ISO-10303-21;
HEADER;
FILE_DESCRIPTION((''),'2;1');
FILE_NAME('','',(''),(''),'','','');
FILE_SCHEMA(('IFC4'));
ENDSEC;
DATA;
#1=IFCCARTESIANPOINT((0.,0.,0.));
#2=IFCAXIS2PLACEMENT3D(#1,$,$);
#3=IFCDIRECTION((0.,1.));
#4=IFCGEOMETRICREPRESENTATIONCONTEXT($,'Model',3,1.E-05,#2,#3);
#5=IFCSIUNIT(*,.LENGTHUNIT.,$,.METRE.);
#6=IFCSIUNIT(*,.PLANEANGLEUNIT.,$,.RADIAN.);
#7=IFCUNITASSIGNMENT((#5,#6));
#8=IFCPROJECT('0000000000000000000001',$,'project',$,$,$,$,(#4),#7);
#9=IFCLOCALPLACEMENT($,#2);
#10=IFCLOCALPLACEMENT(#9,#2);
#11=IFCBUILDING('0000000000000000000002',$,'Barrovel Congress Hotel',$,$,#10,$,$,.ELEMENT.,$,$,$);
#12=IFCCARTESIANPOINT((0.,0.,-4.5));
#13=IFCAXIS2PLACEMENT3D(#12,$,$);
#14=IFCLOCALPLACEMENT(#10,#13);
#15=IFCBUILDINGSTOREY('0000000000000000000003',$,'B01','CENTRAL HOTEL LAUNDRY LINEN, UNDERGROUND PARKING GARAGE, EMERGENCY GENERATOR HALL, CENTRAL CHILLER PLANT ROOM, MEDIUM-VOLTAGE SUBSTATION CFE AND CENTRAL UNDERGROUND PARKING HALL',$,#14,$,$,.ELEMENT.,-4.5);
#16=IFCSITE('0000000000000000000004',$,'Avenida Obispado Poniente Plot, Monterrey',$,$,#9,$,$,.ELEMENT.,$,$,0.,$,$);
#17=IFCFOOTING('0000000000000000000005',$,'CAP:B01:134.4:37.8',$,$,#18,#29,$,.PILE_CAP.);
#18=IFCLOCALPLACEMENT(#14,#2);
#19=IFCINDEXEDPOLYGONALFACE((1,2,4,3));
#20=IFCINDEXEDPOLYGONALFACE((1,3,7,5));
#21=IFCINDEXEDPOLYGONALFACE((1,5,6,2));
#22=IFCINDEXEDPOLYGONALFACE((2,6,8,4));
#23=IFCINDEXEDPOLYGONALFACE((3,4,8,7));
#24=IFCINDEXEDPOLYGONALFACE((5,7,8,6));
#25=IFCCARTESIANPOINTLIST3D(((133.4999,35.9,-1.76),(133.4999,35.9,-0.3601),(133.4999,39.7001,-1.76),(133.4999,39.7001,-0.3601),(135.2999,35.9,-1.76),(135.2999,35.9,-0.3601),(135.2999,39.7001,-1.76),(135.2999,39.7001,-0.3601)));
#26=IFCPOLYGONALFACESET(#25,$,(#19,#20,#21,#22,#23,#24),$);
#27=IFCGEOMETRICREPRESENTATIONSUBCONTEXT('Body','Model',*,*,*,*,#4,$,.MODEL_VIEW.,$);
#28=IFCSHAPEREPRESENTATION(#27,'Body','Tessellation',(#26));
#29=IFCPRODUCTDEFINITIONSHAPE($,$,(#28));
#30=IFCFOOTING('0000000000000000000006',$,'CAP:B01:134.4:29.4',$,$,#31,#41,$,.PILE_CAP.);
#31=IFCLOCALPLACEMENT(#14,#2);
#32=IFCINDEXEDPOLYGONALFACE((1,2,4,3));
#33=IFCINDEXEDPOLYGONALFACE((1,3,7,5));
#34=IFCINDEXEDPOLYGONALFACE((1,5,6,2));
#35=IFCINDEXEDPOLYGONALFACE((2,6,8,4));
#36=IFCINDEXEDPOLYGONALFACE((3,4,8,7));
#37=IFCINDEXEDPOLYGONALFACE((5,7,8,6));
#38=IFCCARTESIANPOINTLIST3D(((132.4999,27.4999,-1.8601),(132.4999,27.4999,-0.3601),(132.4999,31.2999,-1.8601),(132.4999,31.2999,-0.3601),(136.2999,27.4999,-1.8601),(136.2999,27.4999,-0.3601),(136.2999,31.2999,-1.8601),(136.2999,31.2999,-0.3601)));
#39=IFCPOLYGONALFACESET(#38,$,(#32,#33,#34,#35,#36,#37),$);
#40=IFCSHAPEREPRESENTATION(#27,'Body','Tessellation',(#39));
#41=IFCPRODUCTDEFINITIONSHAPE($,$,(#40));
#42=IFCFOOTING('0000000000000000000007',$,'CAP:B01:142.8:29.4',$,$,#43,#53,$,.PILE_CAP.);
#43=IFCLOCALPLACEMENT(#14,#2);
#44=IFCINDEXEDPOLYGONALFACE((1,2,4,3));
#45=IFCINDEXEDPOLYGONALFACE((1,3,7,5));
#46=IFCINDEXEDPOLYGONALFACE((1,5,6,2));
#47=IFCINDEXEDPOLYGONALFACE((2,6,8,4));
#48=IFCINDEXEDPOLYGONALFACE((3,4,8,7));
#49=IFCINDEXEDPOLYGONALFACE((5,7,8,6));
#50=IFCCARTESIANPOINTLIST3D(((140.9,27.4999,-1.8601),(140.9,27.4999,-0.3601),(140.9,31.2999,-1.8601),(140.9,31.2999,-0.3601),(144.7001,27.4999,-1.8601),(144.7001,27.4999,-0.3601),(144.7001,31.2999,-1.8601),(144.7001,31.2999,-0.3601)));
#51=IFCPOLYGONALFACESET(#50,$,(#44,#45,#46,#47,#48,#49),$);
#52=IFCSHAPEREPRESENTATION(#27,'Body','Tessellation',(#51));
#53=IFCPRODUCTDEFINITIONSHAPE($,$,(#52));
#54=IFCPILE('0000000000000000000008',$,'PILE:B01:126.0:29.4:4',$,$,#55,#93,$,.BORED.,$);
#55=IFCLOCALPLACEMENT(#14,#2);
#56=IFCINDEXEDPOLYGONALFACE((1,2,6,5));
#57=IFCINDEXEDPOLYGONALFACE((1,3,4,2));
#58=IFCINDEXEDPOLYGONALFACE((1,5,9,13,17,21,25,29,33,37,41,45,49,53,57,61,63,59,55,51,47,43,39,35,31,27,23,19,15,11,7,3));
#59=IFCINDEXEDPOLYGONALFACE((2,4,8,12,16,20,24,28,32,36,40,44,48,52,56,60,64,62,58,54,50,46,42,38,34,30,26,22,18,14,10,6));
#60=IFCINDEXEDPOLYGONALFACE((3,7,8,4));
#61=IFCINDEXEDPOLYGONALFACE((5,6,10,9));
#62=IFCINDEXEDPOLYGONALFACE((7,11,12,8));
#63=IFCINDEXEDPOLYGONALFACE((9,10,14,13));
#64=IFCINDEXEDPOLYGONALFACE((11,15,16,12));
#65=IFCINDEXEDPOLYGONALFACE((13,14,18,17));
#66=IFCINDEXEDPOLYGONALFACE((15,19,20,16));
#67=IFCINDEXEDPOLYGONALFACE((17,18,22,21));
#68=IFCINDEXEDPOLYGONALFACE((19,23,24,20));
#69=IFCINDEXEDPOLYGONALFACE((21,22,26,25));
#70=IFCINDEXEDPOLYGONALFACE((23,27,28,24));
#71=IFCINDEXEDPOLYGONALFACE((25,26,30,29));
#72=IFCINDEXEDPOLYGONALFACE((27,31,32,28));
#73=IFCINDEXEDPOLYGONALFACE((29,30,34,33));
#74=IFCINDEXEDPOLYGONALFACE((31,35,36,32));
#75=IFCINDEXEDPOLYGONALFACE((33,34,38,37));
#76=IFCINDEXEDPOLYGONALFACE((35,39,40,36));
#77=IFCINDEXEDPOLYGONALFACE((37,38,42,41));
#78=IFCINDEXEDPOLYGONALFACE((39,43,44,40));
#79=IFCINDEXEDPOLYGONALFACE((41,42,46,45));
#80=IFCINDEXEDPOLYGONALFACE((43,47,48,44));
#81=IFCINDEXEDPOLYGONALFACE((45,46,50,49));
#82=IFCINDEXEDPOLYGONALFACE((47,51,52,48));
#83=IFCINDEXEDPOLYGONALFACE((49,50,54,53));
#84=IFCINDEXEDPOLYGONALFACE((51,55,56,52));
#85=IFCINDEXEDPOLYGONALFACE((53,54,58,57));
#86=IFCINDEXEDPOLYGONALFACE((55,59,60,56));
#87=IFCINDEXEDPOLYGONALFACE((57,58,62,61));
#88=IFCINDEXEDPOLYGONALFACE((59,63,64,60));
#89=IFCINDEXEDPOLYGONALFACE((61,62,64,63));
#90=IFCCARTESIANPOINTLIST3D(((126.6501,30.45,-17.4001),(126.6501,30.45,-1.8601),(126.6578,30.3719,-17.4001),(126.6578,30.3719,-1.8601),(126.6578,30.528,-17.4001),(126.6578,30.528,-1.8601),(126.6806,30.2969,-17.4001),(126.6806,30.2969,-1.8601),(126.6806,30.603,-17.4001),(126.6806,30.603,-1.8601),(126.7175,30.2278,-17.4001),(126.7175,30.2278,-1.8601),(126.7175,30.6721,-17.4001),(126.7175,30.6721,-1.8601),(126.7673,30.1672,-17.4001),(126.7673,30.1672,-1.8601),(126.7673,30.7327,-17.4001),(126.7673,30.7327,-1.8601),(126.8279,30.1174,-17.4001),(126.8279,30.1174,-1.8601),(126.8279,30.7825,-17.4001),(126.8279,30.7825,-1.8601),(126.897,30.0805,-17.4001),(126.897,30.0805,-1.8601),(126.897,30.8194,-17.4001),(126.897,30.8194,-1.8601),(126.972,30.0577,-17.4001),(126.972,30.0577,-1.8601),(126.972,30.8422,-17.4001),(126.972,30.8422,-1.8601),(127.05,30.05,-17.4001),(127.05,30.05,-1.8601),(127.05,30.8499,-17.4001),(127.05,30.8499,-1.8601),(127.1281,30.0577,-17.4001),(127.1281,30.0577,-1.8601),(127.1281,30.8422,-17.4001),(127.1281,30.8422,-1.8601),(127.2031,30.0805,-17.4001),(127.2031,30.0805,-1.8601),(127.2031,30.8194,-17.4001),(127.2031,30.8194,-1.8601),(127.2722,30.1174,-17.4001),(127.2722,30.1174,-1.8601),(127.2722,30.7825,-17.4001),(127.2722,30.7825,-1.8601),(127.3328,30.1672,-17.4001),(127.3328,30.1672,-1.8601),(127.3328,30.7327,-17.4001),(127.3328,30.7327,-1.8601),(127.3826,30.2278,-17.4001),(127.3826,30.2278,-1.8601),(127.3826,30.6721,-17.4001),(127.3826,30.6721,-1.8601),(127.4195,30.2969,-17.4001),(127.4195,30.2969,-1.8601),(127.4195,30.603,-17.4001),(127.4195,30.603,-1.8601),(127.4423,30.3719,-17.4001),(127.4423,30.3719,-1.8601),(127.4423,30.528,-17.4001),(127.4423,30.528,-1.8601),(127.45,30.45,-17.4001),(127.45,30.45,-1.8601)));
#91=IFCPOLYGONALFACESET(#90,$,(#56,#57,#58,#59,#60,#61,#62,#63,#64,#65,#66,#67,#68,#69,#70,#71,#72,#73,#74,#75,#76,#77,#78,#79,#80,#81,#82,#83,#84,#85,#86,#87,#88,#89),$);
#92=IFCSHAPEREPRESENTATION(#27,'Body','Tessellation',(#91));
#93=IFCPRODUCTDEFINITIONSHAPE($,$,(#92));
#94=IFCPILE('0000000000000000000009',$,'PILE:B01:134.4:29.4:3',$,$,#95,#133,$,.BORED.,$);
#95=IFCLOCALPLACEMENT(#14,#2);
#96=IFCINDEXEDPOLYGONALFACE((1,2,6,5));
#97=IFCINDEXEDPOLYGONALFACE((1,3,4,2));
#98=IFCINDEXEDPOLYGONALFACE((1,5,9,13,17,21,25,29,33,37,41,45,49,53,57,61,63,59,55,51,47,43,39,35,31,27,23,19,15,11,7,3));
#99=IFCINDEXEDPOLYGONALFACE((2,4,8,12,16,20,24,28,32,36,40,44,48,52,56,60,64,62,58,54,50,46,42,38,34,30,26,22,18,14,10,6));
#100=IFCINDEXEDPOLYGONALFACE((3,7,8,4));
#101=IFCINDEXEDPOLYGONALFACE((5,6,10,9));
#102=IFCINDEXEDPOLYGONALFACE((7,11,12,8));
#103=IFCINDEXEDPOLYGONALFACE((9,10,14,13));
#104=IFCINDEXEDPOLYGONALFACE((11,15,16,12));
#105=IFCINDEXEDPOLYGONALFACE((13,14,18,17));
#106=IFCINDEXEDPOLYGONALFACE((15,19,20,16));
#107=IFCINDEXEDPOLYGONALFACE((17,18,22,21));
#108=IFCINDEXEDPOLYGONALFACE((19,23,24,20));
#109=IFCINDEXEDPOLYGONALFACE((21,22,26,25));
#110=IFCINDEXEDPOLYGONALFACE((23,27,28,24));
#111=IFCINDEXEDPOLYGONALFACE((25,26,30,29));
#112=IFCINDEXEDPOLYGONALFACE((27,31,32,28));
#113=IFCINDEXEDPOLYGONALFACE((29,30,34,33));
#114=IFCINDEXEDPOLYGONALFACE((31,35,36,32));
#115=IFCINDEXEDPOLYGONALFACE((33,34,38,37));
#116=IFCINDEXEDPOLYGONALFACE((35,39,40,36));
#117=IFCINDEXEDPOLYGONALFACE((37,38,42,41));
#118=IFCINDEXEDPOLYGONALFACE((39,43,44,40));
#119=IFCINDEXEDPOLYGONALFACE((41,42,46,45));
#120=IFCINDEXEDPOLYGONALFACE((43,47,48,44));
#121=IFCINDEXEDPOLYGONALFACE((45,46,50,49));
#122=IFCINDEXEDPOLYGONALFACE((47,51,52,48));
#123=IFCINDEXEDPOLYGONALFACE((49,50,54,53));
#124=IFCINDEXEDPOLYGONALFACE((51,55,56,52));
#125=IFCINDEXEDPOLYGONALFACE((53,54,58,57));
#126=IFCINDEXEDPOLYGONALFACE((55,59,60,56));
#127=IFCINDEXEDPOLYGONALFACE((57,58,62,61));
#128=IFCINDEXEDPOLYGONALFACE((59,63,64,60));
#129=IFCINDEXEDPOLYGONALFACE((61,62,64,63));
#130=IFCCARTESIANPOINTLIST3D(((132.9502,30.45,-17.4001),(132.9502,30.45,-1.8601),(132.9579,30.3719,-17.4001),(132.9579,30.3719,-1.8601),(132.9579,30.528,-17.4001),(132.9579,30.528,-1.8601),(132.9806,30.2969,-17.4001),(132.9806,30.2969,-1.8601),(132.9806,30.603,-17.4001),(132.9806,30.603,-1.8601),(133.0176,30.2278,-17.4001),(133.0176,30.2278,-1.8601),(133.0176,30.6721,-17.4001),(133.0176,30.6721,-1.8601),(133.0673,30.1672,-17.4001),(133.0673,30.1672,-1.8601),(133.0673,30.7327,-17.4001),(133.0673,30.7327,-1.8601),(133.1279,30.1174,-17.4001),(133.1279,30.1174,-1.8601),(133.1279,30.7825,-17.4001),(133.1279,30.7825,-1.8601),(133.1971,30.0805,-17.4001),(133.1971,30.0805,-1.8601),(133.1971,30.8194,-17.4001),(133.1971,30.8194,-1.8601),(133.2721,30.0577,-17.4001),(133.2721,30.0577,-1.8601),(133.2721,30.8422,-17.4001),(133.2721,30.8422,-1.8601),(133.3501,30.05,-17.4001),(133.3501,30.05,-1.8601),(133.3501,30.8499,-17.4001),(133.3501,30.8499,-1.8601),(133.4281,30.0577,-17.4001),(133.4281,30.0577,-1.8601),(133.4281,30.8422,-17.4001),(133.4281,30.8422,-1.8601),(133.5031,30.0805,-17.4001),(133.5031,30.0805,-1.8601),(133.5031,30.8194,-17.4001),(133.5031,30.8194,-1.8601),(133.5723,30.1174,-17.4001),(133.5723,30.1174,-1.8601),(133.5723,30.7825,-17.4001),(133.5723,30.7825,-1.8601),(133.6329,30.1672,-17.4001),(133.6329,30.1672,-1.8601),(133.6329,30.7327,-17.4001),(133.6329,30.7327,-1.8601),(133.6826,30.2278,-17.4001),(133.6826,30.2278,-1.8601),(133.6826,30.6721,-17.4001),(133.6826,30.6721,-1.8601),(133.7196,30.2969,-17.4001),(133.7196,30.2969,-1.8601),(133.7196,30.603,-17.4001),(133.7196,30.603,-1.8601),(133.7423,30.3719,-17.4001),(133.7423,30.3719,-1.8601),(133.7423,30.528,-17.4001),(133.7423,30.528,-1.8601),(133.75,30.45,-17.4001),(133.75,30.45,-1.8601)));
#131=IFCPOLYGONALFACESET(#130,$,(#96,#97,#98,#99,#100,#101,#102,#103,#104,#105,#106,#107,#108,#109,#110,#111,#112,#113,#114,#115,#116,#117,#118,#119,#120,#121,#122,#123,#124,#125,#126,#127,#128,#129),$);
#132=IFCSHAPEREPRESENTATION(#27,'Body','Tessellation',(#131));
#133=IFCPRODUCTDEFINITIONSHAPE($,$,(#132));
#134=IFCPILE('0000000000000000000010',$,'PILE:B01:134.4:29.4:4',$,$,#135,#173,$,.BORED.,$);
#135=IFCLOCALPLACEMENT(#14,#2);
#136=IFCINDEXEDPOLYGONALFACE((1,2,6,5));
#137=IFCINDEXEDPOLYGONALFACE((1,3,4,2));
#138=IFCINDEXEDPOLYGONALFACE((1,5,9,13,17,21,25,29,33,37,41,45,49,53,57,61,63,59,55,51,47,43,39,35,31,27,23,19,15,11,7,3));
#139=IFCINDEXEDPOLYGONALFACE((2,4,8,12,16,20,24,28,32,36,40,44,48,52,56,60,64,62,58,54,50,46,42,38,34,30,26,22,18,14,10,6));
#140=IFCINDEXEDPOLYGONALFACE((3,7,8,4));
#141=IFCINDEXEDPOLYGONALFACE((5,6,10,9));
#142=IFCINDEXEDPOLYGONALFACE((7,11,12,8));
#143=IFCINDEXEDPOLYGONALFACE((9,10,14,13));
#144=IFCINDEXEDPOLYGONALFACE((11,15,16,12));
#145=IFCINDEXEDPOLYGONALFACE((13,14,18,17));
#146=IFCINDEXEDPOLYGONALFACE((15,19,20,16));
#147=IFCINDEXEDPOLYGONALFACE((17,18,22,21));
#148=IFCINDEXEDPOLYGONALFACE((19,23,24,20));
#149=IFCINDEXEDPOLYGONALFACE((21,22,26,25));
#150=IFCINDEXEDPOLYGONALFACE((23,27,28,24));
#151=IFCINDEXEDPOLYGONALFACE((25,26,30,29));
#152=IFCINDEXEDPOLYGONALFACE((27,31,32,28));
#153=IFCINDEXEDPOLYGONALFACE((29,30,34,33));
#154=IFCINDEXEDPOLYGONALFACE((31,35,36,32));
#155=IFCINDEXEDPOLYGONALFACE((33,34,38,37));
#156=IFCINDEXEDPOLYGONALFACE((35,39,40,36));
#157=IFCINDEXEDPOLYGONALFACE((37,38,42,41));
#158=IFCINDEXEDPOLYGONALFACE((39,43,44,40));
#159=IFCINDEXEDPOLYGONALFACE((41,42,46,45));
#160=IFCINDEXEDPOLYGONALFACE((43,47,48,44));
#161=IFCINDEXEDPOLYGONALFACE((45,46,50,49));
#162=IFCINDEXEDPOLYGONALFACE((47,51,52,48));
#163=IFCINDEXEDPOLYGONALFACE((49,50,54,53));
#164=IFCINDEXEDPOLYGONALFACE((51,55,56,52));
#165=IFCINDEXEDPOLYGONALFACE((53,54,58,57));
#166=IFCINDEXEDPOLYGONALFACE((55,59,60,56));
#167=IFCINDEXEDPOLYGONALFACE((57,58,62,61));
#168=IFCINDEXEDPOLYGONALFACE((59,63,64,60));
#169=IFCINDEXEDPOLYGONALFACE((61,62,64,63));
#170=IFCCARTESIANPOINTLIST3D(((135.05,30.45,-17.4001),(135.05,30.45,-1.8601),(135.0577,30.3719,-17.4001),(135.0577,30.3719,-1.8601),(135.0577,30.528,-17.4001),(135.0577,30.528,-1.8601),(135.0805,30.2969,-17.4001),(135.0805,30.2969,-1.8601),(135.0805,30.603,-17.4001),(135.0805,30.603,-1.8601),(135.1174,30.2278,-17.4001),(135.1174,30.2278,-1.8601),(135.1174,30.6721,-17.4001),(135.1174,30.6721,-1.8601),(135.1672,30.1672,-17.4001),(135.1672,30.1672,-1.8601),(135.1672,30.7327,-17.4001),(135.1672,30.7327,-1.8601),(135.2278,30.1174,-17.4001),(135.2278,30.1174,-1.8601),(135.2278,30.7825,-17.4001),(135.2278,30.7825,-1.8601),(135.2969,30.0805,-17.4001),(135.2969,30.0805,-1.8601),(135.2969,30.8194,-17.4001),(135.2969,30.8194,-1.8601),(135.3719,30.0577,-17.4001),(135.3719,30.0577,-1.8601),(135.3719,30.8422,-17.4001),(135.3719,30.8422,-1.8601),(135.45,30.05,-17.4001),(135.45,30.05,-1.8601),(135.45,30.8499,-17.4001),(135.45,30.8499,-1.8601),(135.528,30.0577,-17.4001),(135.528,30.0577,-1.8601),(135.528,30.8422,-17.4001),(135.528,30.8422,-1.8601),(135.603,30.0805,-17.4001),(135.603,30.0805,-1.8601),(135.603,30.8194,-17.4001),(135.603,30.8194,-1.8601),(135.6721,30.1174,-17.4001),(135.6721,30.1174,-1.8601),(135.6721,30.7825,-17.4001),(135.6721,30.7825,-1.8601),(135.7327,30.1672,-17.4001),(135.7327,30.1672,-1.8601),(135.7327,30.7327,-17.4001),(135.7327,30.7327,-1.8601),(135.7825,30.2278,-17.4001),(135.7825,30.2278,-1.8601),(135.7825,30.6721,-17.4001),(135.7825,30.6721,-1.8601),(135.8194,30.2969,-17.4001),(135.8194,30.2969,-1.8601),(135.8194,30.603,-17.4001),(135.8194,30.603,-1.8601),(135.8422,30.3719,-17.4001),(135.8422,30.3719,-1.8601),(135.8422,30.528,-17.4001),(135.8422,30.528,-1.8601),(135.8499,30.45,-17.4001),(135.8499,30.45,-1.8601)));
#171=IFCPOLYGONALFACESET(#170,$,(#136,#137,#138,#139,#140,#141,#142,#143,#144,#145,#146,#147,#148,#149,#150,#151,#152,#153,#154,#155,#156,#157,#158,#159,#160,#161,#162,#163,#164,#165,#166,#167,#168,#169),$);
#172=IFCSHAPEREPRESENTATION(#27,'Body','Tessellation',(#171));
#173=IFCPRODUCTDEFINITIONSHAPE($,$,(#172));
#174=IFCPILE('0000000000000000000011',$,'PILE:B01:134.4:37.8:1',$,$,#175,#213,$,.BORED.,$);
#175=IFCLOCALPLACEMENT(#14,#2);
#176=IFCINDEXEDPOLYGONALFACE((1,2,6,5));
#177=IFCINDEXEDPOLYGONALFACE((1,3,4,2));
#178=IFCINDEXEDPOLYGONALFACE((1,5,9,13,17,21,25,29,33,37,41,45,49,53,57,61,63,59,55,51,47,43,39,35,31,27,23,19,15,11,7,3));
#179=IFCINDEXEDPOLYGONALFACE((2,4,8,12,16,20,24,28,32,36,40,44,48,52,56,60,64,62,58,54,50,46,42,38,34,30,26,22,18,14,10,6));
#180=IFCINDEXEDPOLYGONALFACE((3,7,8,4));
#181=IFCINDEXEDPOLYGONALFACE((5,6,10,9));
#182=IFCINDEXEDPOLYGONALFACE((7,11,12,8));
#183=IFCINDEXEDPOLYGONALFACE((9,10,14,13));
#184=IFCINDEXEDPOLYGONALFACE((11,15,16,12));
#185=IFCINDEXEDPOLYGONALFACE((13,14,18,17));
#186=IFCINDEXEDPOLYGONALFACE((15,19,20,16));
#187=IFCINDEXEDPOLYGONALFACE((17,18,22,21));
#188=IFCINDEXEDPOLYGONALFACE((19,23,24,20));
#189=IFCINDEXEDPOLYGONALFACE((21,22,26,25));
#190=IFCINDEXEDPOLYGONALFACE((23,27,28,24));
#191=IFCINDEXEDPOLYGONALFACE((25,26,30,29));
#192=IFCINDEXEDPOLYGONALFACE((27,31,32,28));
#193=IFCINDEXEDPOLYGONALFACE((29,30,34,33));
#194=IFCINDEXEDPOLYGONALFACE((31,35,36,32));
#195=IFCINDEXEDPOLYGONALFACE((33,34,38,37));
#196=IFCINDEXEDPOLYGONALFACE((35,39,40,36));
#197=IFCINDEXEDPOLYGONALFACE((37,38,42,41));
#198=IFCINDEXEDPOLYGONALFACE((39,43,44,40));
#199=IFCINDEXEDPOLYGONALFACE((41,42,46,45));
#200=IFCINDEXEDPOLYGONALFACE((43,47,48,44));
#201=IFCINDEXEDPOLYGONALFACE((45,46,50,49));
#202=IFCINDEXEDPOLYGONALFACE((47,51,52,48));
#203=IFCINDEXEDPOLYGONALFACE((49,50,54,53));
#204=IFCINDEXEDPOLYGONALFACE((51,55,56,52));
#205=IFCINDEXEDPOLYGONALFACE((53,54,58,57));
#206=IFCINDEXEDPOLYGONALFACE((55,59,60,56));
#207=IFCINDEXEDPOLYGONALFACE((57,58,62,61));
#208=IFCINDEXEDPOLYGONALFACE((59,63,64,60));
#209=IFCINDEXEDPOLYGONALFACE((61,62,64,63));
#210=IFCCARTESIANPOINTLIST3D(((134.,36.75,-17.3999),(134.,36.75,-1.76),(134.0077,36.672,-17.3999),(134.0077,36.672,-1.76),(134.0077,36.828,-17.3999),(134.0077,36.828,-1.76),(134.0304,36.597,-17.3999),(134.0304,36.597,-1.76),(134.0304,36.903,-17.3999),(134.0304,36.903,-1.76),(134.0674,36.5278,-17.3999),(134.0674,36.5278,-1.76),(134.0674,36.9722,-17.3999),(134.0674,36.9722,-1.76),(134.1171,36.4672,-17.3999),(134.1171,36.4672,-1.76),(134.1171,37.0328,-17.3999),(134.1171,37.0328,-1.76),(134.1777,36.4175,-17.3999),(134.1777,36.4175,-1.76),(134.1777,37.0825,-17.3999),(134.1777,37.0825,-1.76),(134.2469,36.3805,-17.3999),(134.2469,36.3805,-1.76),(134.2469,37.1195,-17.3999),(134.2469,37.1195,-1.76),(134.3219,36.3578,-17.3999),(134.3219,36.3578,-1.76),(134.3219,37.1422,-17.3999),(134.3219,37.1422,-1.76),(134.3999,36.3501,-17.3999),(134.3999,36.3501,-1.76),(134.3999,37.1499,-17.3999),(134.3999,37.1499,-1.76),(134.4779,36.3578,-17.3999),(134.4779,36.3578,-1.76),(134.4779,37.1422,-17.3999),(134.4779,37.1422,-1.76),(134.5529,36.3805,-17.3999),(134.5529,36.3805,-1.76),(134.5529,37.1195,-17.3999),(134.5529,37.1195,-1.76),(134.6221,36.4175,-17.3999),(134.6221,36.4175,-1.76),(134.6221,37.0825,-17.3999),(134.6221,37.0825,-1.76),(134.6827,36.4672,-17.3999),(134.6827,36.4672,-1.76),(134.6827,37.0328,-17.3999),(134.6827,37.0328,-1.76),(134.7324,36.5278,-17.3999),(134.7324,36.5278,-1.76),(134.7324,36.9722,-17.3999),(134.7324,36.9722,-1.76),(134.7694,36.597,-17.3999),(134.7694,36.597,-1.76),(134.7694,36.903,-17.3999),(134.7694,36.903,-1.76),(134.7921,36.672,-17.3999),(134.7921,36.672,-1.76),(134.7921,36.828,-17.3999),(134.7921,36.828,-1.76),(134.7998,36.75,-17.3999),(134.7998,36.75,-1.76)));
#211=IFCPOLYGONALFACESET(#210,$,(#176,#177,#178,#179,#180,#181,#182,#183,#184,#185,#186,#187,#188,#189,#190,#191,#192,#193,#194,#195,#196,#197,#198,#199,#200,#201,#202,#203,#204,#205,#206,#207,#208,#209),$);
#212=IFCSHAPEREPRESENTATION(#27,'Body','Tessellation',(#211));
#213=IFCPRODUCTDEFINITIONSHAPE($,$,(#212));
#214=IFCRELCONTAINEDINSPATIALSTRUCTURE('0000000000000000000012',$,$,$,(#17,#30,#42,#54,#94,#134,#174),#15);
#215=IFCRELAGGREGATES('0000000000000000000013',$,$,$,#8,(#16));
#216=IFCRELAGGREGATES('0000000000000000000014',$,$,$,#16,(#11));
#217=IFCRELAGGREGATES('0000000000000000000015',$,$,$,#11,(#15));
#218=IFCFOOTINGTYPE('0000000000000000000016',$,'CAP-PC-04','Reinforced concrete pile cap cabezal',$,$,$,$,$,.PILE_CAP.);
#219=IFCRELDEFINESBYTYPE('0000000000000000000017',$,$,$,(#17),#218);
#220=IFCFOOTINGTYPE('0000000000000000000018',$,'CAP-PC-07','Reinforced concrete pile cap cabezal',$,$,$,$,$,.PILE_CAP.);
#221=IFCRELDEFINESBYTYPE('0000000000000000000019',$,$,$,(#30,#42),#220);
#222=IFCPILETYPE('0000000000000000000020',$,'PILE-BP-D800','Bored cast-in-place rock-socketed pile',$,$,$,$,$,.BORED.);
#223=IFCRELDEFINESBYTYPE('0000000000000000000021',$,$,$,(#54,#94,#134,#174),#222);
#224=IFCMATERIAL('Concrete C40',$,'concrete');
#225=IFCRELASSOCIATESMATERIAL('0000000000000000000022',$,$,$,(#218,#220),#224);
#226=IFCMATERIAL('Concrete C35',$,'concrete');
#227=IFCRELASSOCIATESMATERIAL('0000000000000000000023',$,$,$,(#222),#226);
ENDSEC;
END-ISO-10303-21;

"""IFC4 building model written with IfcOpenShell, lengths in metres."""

from ifc_helpers import new_model, si_unit, direction, frame, origin, origin_2d, place, context, subcontext, project, spatial, rectangle, circle, extrude, material, material_profile, profile_set, type_object, element, save


model = new_model("IFC4")

# Units and contexts
model_context = context("Model", 3, precision=1e-05, world=origin(), true_north=direction((0.0, 1.0)))
body_context = subcontext(model_context, "Body", "Model", "MODEL_VIEW")
ifc_project = project(units=[si_unit("LENGTHUNIT", "METRE"), si_unit("PLANEANGLEUNIT", "RADIAN")], contexts=[model_context])

# Site, building, storey
site_placement = place(None, origin())
site = spatial("IfcSite", under=ifc_project, at=site_placement, Name="Avenida Obispado Poniente Plot, Monterrey", CompositionType="ELEMENT", RefElevation=0.0)
building_placement = place(site_placement, origin())
building = spatial("IfcBuilding", under=site, at=building_placement, Name="Barrovel Congress Hotel", CompositionType="ELEMENT")
storey_placement = place(building_placement, frame((0.0, 0.0, -4.5)))
storey = spatial("IfcBuildingStorey", under=building, at=storey_placement, Name="B01", Description="CENTRAL HOTEL LAUNDRY LINEN, UNDERGROUND PARKING GARAGE, EMERGENCY GENERATOR HALL, CENTRAL CHILLER PLANT ROOM, MEDIUM-VOLTAGE SUBSTATION CFE AND CENTRAL UNDERGROUND PARKING HALL", CompositionType="ELEMENT", Elevation=-4.5)

# Footings
ifc_material_1 = material(Name="Concrete C40", Category="concrete")
footing_type_1 = type_object("IfcFootingType", Name="CAP-PC-04", Description="Reinforced concrete pile cap cabezal", PredefinedType="PILE_CAP", material=ifc_material_1)
footing_placement = place(storey_placement, frame((134.3999, 37.8, -1.76), z_axis=(0.0, 0.0, 1.0), x_axis=(1.0, 0.0, 0.0)))
element("IfcFooting", 1, at=footing_placement, inside=storey, type_object=footing_type_1, Name="CAP:B01:134.4:37.8", PredefinedType="PILE_CAP", context=body_context, shape_type="SweptSolid", body=[
    extrude(rectangle(XDim=1.8, YDim=3.8, at=origin_2d()), origin(), (0.0, 0.0, 1.0), 1.3999),
])
footing_type_2 = type_object("IfcFootingType", Name="CAP-PC-07", Description="Reinforced concrete pile cap cabezal", PredefinedType="PILE_CAP", material=ifc_material_1)
for number, where, z_axis, x_axis, name in (
    (2, (134.3999, 29.3999, -1.8601), (0.0, 0.0, 1.0), (1.0, 0.0, 0.0), "CAP:B01:134.4:29.4"),
    (3, (142.8, 29.3999, -1.8601), (0.0, 0.0, 1.0), (1.0, 0.0, 0.0), "CAP:B01:142.8:29.4"),
):
    element("IfcFooting", number, at=place(storey_placement, frame(where, z_axis=z_axis, x_axis=x_axis)), inside=storey, type_object=footing_type_2, Name=name, PredefinedType="PILE_CAP", context=body_context, shape_type="SweptSolid", body=[
        extrude(rectangle(XDim=3.8, YDim=3.8, at=origin_2d()), origin(), (0.0, 0.0, 1.0), 1.5),
    ])

# Piles
ifc_material_2 = material(Name="Concrete C35", Category="concrete")
ifc_material_profile_1 = material_profile(ifc_material_2, circle(Radius=0.3999, at=origin_2d()), Name="BP-D800")
ifc_profile_set_1 = profile_set([ifc_material_profile_1], Name="Concrete C35")
pile_type = type_object("IfcPileType", Name="PILE-BP-D800", Description="Bored cast-in-place rock-socketed pile", PredefinedType="BORED", material=ifc_profile_set_1)
for number, where, z_axis, x_axis, name in (
    (4, (127.05, 30.45, -1.8601), (0.0, 0.0, -1.0), (1.0, 0.0, 0.0), "PILE:B01:126.0:29.4:4"),
    (5, (133.3501, 30.45, -1.8601), (0.0, 0.0, -1.0), (1.0, 0.0, 0.0), "PILE:B01:134.4:29.4:3"),
    (6, (135.45, 30.45, -1.8601), (0.0, 0.0, -1.0), (1.0, 0.0, 0.0), "PILE:B01:134.4:29.4:4"),
):
    element("IfcPile", number, at=place(storey_placement, frame(where, z_axis=z_axis, x_axis=x_axis)), inside=storey, type_object=pile_type, Name=name, PredefinedType="BORED", context=body_context, shape_type="SweptSolid", body=[
        extrude(circle(Radius=0.3999, at=origin_2d()), origin(), (0.0, 0.0, 1.0), 15.54),
    ])
pile_1_placement = place(storey_placement, frame((134.3999, 36.75, -1.76), z_axis=(0.0, 0.0, -1.0), x_axis=(1.0, 0.0, 0.0)))
element("IfcPile", 7, at=pile_1_placement, inside=storey, type_object=pile_type, Name="PILE:B01:134.4:37.8:1", PredefinedType="BORED", context=body_context, shape_type="SweptSolid", body=[
    extrude(circle(Radius=0.3999, at=origin_2d()), origin(), (0.0, 0.0, 1.0), 15.6399),
])

save(model, "model.ifc")
